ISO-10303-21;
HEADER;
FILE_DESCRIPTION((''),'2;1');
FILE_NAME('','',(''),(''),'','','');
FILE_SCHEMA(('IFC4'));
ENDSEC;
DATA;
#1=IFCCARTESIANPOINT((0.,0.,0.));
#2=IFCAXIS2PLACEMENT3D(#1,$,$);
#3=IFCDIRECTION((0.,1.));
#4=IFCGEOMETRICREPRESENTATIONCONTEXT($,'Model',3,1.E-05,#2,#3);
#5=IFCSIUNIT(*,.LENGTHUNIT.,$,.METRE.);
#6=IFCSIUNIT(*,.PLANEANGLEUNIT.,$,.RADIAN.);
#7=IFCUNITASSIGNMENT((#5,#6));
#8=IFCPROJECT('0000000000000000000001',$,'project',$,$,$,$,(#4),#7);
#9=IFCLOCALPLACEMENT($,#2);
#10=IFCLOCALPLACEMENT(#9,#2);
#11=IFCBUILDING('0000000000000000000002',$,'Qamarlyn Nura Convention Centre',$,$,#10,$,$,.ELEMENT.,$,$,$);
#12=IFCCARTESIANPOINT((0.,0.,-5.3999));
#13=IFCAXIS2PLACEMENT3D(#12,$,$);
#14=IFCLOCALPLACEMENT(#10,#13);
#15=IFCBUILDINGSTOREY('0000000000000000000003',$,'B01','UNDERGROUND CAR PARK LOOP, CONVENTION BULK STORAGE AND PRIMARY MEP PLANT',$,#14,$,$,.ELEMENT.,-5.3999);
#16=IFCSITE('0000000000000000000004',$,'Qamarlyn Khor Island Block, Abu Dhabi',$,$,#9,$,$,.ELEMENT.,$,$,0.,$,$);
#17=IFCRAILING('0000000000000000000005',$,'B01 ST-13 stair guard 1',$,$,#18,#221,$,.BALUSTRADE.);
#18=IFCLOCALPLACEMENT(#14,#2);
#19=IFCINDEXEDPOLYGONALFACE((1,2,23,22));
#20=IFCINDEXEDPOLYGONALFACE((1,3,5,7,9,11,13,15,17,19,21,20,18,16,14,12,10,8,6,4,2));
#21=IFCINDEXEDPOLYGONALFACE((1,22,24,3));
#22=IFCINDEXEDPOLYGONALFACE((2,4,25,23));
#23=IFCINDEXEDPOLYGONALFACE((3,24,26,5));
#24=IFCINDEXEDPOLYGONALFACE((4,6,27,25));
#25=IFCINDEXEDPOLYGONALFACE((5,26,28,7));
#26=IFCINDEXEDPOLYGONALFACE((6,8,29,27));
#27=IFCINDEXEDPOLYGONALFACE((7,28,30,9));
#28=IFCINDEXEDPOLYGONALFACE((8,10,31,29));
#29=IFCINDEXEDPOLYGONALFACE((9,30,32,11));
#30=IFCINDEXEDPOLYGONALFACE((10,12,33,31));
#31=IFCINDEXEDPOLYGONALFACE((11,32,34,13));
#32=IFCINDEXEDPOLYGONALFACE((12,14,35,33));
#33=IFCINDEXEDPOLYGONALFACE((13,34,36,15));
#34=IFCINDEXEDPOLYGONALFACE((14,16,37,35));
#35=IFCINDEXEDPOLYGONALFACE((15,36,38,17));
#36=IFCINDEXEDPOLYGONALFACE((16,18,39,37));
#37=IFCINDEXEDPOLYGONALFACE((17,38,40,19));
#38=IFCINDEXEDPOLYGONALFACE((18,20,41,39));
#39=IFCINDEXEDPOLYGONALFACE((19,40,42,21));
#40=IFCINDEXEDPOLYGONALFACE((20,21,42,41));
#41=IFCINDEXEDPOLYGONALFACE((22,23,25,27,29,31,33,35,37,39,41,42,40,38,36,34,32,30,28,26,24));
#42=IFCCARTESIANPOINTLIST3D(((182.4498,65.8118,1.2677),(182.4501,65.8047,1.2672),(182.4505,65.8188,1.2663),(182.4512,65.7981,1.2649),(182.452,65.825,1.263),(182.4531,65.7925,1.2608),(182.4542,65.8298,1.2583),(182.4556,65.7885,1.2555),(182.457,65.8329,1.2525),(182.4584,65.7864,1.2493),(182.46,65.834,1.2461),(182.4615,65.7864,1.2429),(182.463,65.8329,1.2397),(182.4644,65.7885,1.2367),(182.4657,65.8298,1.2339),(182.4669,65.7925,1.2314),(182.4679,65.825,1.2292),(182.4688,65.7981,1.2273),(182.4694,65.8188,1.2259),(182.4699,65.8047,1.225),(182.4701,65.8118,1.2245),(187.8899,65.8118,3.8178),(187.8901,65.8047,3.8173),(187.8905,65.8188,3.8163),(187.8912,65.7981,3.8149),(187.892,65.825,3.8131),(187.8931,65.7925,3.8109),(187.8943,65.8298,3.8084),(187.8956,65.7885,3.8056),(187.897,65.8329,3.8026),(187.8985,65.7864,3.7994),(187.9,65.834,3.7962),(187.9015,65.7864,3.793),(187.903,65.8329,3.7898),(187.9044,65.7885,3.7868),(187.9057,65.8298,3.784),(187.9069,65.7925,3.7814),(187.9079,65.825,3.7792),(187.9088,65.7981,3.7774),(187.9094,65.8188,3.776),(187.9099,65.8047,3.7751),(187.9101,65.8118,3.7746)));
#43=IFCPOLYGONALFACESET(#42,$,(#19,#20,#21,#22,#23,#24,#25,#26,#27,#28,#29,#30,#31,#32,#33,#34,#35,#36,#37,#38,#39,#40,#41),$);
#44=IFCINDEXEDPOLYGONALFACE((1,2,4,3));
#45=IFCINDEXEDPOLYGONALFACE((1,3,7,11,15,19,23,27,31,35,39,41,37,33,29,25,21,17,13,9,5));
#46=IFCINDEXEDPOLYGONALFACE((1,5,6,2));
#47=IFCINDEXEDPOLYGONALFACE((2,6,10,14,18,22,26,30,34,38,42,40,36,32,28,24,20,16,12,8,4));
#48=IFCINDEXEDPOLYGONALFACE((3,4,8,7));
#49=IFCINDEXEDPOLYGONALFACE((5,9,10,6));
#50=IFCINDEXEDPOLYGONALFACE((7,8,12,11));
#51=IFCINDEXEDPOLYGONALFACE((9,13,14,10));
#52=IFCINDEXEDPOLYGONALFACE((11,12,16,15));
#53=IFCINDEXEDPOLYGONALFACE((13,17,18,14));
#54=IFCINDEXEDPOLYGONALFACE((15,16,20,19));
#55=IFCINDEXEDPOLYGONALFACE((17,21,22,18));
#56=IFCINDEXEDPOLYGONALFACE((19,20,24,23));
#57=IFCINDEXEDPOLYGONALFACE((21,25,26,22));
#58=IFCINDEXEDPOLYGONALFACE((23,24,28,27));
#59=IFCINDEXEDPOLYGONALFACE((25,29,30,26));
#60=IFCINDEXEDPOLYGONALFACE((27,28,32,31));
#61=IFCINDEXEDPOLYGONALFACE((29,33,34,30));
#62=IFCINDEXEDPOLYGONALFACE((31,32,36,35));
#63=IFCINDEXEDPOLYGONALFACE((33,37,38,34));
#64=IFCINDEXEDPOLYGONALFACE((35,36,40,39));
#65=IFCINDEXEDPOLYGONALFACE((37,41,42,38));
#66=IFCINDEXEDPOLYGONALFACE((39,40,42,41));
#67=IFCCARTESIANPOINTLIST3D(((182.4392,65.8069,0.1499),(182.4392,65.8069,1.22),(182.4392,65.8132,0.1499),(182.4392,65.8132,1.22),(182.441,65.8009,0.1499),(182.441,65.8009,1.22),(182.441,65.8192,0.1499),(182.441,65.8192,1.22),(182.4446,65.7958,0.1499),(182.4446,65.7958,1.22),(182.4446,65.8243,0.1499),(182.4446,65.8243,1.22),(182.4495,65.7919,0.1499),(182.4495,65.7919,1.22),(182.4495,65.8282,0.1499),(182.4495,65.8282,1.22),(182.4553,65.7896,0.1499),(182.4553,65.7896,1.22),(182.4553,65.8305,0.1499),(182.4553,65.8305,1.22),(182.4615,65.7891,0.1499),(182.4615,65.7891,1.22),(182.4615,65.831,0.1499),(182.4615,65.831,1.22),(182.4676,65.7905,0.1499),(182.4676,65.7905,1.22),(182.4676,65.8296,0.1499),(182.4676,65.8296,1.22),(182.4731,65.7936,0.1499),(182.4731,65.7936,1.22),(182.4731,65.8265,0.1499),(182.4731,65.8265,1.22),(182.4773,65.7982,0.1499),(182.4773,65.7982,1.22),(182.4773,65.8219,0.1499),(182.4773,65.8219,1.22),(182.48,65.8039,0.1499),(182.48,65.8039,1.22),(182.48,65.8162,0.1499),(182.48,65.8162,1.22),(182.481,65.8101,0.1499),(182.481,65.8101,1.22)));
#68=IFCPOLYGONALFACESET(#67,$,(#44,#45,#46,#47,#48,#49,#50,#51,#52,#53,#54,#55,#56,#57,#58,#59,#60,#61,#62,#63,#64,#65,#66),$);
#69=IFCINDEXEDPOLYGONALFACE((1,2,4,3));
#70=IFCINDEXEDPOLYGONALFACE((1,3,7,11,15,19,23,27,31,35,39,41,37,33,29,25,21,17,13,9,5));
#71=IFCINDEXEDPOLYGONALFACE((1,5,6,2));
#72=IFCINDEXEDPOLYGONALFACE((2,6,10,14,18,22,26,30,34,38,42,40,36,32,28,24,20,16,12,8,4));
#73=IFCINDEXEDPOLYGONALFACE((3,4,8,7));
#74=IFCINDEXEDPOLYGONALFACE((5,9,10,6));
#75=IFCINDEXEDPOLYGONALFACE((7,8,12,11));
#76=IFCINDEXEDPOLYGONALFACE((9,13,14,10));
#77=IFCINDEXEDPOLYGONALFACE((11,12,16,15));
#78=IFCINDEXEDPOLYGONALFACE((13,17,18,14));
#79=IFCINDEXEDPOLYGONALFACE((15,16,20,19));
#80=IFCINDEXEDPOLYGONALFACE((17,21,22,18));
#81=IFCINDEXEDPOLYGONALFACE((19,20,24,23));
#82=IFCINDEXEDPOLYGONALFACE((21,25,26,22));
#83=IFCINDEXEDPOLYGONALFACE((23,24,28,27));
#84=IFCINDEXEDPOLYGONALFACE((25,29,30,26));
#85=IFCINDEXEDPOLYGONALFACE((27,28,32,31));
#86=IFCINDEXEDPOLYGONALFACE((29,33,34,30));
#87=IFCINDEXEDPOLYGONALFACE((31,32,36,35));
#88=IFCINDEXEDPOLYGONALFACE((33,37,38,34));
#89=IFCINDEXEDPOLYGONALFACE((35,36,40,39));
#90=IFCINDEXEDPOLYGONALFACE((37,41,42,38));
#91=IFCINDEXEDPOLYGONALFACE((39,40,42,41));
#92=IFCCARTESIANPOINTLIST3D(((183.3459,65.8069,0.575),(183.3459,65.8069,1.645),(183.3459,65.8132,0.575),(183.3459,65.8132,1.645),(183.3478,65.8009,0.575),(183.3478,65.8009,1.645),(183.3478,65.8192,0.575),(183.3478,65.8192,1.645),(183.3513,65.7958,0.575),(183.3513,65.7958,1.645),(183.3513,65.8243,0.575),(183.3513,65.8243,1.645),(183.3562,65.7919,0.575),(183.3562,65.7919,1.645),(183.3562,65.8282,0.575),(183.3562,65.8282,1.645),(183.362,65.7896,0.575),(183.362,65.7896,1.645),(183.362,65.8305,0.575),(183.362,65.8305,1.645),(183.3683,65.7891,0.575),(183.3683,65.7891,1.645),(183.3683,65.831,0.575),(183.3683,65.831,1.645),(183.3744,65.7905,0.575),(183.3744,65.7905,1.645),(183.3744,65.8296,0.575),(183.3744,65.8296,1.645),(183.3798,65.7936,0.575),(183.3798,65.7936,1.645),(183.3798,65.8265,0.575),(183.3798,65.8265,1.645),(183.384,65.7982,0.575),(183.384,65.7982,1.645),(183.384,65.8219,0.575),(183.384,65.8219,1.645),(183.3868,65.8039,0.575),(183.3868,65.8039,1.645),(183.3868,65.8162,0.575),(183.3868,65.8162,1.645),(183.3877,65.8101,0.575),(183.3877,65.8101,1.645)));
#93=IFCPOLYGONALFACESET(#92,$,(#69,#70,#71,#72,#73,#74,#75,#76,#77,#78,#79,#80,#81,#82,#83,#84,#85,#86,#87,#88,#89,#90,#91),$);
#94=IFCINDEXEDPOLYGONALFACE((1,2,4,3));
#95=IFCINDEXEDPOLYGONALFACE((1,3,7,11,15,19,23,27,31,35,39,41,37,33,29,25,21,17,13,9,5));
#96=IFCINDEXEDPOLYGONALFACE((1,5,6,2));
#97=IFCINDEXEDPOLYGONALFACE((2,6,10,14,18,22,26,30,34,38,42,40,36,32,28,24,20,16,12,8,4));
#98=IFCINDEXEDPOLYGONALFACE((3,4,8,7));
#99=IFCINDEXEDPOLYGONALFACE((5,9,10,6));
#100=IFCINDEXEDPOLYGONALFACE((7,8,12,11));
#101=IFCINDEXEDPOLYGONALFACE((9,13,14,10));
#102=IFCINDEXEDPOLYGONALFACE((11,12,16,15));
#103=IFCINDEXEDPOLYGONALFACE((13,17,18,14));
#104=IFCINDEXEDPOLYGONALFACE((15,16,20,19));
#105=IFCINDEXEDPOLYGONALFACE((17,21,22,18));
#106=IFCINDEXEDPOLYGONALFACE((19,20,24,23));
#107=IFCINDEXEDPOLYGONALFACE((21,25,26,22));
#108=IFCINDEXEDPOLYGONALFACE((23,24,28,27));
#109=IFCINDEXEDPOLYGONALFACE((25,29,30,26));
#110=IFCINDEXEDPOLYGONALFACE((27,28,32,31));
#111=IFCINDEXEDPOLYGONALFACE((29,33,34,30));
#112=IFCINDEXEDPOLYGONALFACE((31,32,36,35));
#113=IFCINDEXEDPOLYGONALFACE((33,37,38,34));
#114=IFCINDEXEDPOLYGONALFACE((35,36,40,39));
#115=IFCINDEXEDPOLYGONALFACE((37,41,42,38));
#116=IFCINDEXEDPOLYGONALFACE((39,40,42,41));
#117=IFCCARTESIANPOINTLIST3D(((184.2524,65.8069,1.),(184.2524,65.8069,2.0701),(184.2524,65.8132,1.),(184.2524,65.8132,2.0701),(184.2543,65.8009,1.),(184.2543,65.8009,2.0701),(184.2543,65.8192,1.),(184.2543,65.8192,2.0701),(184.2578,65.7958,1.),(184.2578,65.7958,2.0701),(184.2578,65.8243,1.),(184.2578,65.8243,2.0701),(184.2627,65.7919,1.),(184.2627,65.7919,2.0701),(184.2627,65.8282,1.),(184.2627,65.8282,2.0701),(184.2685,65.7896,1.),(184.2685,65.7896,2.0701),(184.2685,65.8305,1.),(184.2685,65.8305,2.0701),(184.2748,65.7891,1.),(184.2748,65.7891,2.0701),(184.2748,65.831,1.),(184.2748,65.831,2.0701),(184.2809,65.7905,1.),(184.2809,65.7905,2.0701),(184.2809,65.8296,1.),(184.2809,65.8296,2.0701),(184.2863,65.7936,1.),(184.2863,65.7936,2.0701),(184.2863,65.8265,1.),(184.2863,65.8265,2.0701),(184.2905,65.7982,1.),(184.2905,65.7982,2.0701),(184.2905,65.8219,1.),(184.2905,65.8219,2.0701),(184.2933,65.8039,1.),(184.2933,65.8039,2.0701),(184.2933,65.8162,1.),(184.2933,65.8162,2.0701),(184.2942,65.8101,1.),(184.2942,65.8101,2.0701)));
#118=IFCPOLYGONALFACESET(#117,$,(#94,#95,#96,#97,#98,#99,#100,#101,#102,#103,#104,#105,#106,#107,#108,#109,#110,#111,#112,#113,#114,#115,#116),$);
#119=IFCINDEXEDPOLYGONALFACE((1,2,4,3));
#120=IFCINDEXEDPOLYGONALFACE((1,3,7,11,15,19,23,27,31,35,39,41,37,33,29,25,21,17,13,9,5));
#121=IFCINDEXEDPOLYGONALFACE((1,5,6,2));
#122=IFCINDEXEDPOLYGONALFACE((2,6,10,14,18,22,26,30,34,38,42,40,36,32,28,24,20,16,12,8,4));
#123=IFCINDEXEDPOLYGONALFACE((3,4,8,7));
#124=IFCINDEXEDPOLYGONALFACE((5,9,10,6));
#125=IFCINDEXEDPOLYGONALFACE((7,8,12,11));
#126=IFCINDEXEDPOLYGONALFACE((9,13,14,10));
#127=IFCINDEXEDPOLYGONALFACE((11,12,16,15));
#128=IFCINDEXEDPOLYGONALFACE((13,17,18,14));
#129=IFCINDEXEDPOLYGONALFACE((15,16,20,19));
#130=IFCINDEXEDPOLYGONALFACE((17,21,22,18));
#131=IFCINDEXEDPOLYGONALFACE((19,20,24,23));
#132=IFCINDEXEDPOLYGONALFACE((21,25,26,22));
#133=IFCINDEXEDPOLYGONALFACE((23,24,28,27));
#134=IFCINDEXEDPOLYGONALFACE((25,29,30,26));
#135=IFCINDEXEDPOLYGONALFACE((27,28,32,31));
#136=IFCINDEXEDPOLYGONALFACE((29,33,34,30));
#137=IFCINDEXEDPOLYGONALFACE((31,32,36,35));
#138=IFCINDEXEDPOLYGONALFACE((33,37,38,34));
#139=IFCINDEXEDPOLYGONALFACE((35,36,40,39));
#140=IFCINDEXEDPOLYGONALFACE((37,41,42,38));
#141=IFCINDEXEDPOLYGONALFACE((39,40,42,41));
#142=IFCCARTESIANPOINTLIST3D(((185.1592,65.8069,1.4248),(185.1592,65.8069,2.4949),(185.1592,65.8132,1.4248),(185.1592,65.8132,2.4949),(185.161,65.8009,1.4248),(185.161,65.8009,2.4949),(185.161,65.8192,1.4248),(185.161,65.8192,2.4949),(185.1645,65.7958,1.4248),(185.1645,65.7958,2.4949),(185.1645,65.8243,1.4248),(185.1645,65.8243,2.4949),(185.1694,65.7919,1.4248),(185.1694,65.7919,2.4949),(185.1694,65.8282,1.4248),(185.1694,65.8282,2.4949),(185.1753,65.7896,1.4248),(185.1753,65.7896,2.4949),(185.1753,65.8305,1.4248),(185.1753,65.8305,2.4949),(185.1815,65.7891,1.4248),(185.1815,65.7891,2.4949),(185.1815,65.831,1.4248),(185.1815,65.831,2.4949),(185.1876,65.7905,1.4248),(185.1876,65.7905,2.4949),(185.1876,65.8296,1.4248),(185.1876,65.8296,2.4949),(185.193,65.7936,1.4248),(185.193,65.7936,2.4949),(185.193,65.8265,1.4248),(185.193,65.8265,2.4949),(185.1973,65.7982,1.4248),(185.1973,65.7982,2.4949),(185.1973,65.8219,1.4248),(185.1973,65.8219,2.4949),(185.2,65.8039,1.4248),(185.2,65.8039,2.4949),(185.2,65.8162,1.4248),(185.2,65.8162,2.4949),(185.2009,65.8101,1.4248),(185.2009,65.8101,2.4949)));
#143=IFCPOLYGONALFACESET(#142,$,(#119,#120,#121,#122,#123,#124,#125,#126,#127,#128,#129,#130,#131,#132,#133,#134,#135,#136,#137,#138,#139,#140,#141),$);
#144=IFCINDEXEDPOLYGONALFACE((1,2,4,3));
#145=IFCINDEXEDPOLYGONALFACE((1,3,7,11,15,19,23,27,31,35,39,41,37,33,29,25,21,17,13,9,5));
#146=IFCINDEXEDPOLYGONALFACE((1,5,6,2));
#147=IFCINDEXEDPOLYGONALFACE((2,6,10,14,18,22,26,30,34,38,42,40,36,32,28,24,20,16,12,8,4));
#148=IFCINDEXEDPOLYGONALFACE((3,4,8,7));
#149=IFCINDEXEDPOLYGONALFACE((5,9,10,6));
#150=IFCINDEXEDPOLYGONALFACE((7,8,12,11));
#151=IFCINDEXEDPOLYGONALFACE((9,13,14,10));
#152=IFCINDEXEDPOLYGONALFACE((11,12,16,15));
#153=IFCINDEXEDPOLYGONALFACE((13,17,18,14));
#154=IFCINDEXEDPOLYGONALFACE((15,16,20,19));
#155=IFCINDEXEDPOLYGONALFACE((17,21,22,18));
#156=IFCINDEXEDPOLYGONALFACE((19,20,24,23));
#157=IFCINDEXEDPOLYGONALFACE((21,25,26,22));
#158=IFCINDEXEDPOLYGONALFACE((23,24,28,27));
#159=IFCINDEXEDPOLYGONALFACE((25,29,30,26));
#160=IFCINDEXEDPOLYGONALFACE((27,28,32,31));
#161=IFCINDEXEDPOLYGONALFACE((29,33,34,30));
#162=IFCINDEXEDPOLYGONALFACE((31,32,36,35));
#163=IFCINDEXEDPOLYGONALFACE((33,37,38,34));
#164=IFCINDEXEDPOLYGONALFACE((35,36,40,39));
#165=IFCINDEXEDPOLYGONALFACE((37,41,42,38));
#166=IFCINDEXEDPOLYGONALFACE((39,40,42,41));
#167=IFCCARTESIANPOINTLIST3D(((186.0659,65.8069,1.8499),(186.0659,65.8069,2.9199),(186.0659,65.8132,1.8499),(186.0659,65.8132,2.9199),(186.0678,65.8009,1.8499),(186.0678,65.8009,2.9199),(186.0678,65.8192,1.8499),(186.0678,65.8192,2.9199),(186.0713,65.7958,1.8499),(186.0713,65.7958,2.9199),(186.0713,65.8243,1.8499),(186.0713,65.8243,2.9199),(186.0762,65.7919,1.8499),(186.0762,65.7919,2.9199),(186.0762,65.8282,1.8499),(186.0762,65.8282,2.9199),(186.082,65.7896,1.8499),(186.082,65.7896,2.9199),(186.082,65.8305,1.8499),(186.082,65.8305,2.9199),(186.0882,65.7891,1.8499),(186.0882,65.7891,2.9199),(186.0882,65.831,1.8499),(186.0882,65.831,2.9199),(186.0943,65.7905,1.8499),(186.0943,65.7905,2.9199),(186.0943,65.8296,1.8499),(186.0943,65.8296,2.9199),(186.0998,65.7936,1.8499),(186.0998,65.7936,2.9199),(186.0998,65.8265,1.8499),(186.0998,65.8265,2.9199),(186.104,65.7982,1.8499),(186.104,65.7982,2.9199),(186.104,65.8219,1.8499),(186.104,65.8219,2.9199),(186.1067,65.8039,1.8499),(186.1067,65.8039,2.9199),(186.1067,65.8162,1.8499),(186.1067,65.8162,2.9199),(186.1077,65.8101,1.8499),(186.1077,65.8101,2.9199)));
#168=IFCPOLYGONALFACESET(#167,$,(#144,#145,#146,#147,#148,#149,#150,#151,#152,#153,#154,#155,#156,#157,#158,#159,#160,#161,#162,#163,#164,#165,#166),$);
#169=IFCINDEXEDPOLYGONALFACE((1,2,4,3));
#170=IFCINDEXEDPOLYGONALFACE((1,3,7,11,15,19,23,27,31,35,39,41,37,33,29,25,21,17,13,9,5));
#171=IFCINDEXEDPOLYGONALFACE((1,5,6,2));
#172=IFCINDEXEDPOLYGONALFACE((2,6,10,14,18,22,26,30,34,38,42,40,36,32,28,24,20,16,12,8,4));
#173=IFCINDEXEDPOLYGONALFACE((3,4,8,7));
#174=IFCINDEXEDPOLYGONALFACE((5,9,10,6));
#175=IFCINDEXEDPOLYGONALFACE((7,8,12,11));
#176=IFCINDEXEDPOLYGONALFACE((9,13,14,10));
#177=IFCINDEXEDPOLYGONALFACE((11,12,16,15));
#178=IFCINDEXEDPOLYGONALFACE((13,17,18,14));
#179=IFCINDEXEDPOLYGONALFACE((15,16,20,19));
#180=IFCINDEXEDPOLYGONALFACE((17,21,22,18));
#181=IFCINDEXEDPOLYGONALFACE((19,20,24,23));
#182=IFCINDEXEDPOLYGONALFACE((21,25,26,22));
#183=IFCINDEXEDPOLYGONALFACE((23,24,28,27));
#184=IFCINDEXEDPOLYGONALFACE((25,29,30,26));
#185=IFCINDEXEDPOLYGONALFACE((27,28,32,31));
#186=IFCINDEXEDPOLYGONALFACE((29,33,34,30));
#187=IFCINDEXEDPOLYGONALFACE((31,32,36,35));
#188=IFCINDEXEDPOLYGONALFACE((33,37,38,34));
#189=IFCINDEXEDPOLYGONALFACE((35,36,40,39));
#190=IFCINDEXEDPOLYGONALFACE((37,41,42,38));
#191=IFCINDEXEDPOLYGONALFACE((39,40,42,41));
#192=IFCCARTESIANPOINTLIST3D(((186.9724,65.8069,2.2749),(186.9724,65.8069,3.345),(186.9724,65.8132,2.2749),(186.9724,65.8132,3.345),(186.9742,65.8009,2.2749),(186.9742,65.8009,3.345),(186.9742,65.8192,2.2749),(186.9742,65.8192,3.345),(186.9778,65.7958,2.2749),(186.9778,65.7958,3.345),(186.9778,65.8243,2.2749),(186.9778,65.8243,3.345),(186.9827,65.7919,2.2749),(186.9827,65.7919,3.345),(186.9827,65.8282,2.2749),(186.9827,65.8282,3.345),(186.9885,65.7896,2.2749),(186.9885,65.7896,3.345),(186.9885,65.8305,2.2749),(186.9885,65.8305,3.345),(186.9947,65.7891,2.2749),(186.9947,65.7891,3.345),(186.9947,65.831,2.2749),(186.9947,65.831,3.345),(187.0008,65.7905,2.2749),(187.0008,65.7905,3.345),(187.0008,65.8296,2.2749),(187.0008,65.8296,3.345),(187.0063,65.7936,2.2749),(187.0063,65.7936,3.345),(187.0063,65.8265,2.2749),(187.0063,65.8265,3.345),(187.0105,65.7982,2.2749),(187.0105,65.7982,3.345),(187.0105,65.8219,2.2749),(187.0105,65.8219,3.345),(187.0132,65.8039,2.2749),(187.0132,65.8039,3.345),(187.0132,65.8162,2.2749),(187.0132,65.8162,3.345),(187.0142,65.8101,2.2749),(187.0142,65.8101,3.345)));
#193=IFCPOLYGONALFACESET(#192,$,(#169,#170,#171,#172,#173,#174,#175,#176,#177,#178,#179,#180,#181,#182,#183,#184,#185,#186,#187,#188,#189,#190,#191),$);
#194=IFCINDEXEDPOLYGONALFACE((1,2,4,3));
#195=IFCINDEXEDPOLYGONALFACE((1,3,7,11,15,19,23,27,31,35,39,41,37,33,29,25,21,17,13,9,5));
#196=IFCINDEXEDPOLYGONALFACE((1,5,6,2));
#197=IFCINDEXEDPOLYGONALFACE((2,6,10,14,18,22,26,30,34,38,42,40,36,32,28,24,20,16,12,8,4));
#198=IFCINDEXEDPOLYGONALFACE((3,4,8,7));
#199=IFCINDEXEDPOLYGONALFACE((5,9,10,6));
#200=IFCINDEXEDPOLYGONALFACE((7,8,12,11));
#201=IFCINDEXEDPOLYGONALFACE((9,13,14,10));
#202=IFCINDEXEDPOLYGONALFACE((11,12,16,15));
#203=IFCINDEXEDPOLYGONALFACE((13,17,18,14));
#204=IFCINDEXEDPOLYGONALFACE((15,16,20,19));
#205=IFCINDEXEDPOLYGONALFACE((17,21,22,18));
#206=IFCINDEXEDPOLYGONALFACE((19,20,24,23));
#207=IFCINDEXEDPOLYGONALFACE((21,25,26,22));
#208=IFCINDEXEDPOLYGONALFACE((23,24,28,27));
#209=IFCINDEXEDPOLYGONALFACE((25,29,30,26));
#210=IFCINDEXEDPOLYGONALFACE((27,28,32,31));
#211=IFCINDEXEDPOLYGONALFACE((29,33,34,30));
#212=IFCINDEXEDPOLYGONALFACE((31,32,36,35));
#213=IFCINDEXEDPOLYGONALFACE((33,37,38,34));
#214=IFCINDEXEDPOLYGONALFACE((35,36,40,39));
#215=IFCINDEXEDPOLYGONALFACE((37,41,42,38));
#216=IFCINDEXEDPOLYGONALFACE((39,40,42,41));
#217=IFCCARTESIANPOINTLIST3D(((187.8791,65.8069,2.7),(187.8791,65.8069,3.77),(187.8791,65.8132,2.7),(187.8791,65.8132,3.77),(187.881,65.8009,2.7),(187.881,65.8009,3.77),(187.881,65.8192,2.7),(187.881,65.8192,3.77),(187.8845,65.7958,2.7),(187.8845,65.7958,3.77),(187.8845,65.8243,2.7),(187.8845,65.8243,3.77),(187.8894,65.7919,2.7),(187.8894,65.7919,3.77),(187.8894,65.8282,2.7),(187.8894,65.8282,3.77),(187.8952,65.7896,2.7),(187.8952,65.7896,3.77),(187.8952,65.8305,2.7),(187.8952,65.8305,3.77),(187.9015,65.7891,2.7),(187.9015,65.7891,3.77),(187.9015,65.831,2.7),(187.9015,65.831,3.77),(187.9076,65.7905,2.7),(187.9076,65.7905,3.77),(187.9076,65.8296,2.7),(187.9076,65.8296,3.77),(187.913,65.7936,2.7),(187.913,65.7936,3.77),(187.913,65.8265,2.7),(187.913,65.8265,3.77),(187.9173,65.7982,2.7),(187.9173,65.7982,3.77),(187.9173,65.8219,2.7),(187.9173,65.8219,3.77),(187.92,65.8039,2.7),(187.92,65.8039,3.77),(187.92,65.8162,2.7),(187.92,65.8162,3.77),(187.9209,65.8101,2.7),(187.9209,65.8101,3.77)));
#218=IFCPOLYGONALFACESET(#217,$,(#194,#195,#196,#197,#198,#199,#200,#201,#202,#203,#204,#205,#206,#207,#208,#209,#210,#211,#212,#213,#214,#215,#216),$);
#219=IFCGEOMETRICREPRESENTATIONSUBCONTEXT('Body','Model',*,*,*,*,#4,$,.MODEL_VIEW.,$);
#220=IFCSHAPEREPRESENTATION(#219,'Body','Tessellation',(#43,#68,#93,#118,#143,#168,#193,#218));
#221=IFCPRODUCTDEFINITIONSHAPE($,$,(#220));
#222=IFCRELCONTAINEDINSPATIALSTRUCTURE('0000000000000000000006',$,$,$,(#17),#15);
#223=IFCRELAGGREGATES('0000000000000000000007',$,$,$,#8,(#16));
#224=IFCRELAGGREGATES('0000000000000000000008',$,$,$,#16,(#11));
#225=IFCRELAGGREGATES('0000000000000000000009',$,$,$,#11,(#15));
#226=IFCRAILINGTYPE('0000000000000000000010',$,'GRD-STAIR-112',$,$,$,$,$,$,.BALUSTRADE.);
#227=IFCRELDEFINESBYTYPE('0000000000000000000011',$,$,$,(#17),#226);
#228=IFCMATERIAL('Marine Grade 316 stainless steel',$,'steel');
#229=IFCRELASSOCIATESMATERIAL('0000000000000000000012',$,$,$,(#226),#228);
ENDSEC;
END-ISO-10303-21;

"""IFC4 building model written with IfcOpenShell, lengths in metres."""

from ifc_helpers import new_model, si_unit, direction, frame, origin, origin_2d, place, context, subcontext, project, spatial, circle, extrude, material, type_object, element, save


model = new_model("IFC4")

# Units and contexts
model_context = context("Model", 3, precision=1e-05, world=origin(), true_north=direction((0.0, 1.0)))
body_context = subcontext(model_context, "Body", "Model", "MODEL_VIEW")
ifc_project = project(units=[si_unit("LENGTHUNIT", "METRE"), si_unit("PLANEANGLEUNIT", "RADIAN")], contexts=[model_context])

# Site, building, storey
site_placement = place(None, origin())
site = spatial("IfcSite", under=ifc_project, at=site_placement, Name="Qamarlyn Khor Island Block, Abu Dhabi", CompositionType="ELEMENT", RefElevation=0.0)
building_placement = place(site_placement, origin())
building = spatial("IfcBuilding", under=site, at=building_placement, Name="Qamarlyn Nura Convention Centre", CompositionType="ELEMENT")
storey_placement = place(building_placement, frame((0.0, 0.0, -5.3999)))
storey = spatial("IfcBuildingStorey", under=building, at=storey_placement, Name="B01", Description="UNDERGROUND CAR PARK LOOP, CONVENTION BULK STORAGE AND PRIMARY MEP PLANT", CompositionType="ELEMENT", Elevation=-5.3999)

# Railing
ifc_material_1 = material(Name="Marine Grade 316 stainless steel", Category="steel")
railing_type_1 = type_object("IfcRailingType", Name="GRD-STAIR-112", PredefinedType="BALUSTRADE", material=ifc_material_1)
railing_1_placement = place(storey_placement, frame((182.46, 65.8101, 0.1499)))
element("IfcRailing", 1, at=railing_1_placement, inside=storey, type_object=railing_type_1, Name="B01 ST-13 stair guard 1", PredefinedType="BALUSTRADE", context=body_context, shape_type="SweptSolid", body=[
    extrude(circle(Radius=0.0239, at=origin_2d()), frame((0.0, 0.0, 1.0962), z_axis=(0.905454, 0.0, 0.424444), x_axis=(0.0, 1.0, 0.0)), (0.0, 0.0, 1.0), 6.0081),
    extrude(circle(Radius=0.021, at=origin_2d()), origin(), (0.0, 0.0, 1.0), 1.0701),
    extrude(circle(Radius=0.021, at=origin_2d()), frame((0.9067, 0.0, 0.425)), (0.0, 0.0, 1.0), 1.0701),
    extrude(circle(Radius=0.021, at=origin_2d()), frame((1.8132, 0.0, 0.8501)), (0.0, 0.0, 1.0), 1.0701),
    extrude(circle(Radius=0.021, at=origin_2d()), frame((2.72, 0.0, 1.2749)), (0.0, 0.0, 1.0), 1.0701),
    extrude(circle(Radius=0.021, at=origin_2d()), frame((3.6267, 0.0, 1.7)), (0.0, 0.0, 1.0), 1.0701),
    extrude(circle(Radius=0.021, at=origin_2d()), frame((4.5332, 0.0, 2.125)), (0.0, 0.0, 1.0), 1.0701),
    extrude(circle(Radius=0.021, at=origin_2d()), frame((5.4399, 0.0, 2.55)), (0.0, 0.0, 1.0), 1.0701),
])

save(model, "model.ifc")
